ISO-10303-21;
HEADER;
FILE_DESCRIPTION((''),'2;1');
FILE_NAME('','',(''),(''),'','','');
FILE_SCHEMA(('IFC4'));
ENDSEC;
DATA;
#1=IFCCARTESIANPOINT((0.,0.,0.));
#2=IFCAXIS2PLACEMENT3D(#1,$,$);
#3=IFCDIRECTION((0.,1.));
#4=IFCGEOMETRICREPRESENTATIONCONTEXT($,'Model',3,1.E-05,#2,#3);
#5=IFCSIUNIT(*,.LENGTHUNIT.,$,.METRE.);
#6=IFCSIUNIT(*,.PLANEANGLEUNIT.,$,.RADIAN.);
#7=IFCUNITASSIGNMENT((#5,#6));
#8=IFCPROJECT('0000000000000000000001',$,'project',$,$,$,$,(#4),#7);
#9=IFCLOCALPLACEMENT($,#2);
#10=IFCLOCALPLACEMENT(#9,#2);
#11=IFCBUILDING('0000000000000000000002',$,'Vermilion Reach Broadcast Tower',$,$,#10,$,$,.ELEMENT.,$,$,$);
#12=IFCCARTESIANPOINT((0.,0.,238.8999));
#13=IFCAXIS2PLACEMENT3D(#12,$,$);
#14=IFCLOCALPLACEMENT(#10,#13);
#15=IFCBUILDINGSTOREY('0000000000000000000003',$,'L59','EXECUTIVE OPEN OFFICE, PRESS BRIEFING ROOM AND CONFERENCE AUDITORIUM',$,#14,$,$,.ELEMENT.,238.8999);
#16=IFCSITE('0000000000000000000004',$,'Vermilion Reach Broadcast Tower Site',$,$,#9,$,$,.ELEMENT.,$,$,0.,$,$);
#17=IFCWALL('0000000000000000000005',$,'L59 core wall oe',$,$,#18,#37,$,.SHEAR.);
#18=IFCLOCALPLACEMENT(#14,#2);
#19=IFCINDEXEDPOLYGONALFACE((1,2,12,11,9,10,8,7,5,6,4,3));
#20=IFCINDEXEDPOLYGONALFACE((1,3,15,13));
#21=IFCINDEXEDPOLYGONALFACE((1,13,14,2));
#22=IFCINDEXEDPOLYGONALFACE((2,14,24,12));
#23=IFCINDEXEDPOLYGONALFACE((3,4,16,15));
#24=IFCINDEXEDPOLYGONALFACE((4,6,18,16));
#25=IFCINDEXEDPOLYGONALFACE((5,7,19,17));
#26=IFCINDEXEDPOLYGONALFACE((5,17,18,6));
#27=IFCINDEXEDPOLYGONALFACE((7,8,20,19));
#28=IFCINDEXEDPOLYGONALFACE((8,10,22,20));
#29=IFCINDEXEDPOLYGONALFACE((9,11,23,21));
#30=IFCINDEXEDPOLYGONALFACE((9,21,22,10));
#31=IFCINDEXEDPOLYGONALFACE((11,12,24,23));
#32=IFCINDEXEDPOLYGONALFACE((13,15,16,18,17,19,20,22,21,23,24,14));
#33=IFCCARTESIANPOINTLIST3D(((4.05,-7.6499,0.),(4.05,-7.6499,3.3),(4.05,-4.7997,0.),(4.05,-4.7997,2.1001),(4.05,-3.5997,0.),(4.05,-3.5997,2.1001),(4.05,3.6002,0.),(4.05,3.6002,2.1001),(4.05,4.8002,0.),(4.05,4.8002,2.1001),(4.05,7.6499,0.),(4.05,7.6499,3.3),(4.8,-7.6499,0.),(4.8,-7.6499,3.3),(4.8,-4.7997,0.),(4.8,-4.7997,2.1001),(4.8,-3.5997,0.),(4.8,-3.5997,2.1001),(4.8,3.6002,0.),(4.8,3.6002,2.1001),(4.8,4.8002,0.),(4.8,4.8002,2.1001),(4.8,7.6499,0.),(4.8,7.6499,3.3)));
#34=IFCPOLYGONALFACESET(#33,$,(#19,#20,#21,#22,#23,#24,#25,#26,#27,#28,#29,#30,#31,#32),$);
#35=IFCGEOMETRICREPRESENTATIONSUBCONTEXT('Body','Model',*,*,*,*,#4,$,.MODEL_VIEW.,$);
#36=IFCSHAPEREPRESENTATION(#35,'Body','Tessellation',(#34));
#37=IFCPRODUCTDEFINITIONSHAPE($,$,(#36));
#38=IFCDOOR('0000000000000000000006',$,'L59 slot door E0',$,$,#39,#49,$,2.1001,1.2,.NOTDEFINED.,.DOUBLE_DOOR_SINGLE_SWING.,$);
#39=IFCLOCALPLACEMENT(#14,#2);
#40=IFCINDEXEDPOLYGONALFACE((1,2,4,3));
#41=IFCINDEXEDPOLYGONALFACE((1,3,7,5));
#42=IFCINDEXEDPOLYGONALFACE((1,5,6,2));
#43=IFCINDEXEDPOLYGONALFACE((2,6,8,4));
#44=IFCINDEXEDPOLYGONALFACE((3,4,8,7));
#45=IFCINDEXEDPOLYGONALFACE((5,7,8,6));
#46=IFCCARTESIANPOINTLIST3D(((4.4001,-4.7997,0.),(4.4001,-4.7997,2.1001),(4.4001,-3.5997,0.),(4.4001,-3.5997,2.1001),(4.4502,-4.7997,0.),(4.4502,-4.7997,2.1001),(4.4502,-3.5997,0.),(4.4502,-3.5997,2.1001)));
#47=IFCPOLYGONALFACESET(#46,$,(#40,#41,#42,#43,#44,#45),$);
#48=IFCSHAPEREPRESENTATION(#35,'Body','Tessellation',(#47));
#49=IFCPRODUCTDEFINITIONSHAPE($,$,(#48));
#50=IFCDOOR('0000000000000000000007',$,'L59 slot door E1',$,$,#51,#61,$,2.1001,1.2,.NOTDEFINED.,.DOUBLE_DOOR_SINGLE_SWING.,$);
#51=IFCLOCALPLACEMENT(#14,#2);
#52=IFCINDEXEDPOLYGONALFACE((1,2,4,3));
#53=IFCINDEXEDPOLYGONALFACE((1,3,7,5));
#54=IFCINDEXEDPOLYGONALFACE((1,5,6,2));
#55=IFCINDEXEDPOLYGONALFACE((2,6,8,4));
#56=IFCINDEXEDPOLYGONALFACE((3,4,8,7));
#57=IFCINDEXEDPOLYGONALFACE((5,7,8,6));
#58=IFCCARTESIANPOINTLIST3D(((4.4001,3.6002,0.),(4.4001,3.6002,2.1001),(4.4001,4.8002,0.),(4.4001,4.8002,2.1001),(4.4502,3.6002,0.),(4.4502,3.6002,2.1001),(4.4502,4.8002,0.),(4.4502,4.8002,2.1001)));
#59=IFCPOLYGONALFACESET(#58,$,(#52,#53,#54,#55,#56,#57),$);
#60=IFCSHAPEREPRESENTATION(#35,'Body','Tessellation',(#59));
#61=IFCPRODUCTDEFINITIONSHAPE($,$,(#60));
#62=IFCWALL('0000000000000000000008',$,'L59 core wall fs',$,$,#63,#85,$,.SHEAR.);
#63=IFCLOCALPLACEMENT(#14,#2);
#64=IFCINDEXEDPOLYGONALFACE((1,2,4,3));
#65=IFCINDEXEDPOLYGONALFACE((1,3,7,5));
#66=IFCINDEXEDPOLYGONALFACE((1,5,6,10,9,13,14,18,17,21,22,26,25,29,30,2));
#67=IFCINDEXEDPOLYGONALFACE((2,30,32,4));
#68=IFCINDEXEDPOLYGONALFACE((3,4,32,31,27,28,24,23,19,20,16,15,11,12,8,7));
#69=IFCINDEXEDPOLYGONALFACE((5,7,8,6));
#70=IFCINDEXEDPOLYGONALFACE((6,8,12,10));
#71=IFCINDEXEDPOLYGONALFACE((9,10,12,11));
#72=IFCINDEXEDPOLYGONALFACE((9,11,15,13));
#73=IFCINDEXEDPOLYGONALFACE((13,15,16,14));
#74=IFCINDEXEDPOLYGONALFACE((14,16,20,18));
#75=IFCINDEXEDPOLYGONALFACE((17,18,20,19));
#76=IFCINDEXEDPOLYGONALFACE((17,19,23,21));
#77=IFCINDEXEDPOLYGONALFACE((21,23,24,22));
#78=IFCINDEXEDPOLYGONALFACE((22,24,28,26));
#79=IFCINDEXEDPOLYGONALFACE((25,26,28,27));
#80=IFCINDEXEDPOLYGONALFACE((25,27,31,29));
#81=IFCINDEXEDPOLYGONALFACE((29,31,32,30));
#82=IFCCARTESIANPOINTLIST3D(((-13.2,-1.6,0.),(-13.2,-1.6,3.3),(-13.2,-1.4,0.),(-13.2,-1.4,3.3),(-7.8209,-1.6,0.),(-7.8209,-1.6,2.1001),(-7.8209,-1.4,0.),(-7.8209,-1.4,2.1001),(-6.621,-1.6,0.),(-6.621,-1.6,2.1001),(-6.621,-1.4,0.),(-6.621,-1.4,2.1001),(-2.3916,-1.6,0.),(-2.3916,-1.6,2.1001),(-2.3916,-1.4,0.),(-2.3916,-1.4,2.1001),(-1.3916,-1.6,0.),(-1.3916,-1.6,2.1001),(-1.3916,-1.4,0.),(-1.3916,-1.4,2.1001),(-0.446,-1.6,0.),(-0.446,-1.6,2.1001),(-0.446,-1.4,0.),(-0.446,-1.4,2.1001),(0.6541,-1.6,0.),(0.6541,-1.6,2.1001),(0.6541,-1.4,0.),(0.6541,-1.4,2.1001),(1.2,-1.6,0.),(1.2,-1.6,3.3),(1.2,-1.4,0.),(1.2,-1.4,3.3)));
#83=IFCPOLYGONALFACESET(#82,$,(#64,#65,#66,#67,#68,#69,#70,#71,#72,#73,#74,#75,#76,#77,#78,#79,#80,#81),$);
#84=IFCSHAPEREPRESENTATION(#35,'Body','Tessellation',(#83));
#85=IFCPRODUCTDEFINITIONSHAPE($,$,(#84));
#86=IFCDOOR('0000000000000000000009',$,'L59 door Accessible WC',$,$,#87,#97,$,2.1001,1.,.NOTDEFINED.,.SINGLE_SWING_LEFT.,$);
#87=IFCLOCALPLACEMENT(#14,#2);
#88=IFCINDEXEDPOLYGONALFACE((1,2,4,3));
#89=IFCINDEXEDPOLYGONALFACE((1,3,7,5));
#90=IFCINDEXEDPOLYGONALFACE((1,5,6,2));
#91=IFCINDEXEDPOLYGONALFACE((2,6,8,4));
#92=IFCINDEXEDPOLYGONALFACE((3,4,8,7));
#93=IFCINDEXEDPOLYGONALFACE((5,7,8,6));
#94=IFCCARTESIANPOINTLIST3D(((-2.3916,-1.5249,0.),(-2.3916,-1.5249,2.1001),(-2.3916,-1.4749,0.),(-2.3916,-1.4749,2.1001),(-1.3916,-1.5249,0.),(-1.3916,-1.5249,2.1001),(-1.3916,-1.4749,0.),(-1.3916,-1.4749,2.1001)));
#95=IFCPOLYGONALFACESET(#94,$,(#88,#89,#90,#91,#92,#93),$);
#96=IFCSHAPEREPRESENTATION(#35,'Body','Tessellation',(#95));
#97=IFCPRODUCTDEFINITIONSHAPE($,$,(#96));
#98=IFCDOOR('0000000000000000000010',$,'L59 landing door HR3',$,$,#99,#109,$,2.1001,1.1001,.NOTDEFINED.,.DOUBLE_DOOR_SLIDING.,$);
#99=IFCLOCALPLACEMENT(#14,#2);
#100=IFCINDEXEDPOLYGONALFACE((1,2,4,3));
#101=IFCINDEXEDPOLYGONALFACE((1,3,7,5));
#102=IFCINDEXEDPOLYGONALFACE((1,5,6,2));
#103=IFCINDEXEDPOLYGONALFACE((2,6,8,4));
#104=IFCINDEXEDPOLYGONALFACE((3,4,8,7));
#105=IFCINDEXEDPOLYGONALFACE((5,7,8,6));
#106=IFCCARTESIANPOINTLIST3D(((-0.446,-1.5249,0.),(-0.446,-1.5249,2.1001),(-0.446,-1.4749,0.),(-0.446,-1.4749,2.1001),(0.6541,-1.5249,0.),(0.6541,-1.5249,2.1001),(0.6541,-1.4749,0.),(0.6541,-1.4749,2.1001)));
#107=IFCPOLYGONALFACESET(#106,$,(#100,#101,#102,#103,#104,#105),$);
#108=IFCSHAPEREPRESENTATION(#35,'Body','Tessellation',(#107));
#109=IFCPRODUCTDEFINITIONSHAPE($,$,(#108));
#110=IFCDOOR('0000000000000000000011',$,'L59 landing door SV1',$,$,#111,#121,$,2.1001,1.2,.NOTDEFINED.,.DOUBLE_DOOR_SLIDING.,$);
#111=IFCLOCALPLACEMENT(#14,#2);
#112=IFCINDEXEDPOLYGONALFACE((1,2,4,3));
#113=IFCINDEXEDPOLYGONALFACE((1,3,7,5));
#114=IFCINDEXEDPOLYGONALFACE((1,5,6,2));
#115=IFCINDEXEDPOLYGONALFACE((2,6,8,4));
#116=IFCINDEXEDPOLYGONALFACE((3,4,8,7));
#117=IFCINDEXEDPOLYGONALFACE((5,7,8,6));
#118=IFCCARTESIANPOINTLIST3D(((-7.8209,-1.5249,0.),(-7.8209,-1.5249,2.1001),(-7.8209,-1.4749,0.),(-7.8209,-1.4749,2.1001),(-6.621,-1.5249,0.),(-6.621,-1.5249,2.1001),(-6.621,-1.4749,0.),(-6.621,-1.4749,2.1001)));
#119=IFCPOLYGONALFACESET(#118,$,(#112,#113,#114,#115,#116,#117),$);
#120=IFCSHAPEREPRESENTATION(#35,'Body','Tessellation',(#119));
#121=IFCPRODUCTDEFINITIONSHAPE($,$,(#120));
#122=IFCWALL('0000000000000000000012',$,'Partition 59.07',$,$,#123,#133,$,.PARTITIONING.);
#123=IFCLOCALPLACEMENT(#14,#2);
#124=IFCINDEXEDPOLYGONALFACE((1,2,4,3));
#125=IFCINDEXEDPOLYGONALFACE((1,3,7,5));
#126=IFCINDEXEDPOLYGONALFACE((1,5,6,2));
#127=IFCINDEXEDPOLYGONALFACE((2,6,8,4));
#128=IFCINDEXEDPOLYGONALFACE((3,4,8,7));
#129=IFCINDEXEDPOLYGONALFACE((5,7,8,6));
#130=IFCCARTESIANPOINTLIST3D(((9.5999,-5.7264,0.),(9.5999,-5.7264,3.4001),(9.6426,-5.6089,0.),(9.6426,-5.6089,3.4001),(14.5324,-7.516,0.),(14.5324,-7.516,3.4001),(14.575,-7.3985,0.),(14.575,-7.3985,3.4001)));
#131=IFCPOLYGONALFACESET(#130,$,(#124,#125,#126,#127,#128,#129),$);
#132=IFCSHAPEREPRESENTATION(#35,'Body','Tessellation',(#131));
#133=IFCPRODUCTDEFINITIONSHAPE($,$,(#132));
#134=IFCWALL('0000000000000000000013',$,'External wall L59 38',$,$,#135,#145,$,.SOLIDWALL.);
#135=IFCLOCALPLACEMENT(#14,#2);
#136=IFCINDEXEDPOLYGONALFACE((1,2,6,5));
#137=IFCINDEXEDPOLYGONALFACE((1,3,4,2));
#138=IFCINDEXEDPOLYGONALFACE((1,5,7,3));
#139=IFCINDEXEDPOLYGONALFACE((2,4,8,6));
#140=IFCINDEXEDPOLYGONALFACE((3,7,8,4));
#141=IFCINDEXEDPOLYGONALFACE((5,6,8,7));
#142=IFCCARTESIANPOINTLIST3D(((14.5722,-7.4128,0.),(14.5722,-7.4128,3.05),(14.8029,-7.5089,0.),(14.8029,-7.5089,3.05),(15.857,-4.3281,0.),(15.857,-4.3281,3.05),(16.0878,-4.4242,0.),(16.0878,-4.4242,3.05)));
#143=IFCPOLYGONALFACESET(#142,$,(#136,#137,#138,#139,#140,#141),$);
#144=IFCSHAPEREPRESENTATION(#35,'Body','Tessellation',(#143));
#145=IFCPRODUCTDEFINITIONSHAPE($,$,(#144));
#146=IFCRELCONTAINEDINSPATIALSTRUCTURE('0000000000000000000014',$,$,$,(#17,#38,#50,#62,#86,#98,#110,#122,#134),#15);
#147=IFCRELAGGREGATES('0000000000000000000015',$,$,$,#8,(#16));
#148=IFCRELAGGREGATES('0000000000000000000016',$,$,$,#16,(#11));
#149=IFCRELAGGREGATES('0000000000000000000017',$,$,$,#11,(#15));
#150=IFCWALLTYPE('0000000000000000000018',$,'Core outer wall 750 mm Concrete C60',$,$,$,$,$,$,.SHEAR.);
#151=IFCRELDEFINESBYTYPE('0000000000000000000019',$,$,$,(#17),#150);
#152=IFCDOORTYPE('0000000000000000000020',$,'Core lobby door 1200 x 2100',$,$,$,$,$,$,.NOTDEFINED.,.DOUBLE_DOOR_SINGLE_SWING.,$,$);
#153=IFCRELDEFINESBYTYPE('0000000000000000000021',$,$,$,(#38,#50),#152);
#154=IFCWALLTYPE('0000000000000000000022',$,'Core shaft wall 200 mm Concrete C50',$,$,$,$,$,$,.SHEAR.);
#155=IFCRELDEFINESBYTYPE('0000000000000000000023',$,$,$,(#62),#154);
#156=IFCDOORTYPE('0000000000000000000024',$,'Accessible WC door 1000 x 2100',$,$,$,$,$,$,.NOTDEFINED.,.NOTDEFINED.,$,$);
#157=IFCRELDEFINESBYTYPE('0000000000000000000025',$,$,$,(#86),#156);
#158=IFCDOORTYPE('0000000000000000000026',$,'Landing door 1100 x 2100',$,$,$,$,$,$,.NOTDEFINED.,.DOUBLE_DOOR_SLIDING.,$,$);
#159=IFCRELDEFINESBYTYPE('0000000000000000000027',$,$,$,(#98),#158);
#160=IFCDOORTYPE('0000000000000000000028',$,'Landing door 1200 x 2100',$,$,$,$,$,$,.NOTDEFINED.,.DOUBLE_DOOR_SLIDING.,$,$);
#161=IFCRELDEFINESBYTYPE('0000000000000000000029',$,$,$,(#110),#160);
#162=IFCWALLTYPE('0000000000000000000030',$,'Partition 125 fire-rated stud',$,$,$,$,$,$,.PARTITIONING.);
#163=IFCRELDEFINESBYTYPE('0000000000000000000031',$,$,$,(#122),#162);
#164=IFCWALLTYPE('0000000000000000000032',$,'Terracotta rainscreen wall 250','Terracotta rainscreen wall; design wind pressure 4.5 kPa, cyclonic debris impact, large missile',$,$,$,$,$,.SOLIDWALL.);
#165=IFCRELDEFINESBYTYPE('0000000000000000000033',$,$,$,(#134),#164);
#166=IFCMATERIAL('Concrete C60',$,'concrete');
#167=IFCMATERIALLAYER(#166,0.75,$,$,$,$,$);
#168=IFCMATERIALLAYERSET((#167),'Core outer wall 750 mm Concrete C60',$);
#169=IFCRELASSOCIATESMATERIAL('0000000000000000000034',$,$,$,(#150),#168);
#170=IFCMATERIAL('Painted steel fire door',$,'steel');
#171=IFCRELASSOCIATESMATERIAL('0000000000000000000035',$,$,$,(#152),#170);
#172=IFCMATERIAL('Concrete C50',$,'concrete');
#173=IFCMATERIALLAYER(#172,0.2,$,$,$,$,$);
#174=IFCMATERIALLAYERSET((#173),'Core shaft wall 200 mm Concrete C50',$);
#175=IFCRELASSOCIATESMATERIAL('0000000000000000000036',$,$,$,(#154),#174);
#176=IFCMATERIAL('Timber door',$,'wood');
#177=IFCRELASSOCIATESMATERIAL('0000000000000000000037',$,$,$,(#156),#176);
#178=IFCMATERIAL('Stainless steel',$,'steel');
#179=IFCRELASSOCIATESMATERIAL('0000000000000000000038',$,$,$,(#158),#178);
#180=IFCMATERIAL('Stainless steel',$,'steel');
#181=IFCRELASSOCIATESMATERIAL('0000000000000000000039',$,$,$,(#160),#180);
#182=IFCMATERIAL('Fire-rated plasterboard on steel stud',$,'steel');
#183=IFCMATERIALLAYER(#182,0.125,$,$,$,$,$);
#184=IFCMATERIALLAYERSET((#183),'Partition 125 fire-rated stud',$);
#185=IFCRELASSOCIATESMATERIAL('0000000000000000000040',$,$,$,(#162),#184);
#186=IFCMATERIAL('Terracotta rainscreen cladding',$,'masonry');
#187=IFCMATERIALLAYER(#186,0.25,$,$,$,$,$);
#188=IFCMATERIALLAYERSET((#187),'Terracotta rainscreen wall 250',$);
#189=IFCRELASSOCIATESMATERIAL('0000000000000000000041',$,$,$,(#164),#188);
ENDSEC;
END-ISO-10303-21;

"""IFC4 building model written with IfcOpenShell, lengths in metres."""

from ifc_helpers import new_model, si_unit, direction, frame, frame_2d, origin, place, context, subcontext, project, spatial, rectangle, extrude, material, layer, layer_set, type_object, element, fill, save


model = new_model("IFC4")

# Units and contexts
model_context = context("Model", 3, precision=1e-05, world=origin(), true_north=direction((0.0, 1.0)))
body_context = subcontext(model_context, "Body", "Model", "MODEL_VIEW")
ifc_project = project(units=[si_unit("LENGTHUNIT", "METRE"), si_unit("PLANEANGLEUNIT", "RADIAN")], contexts=[model_context])

# Site, building, storey
site_placement = place(None, origin())
site = spatial("IfcSite", under=ifc_project, at=site_placement, Name="Vermilion Reach Broadcast Tower Site", CompositionType="ELEMENT", RefElevation=0.0)
building_placement = place(site_placement, origin())
building = spatial("IfcBuilding", under=site, at=building_placement, Name="Vermilion Reach Broadcast Tower", CompositionType="ELEMENT")
storey_placement = place(building_placement, frame((0.0, 0.0, 238.8999)))
storey = spatial("IfcBuildingStorey", under=building, at=storey_placement, Name="L59", Description="EXECUTIVE OPEN OFFICE, PRESS BRIEFING ROOM AND CONFERENCE AUDITORIUM", CompositionType="ELEMENT", Elevation=238.8999)

# Walls, openings, doors
ifc_material_1 = material(Name="Concrete C60", Category="concrete")
ifc_layer_1 = layer(ifc_material_1, 0.75)
ifc_layer_set_1 = layer_set([ifc_layer_1], Name="Core outer wall 750 mm Concrete C60")
wall_type_1 = type_object("IfcWallType", Name="Core outer wall 750 mm Concrete C60", PredefinedType="SHEAR", material=ifc_layer_set_1)
wall_1_placement = place(storey_placement, frame((4.425, -7.6499, 0.0), z_axis=(0.0, 0.0, 1.0), x_axis=(0.0, 1.0, 0.0)))
wall_1 = element("IfcWall", 1, at=wall_1_placement, inside=storey, type_object=wall_type_1, Name="L59 core wall oe", PredefinedType="SHEAR", context=body_context, shape_type="SweptSolid", body=[
    extrude(rectangle(XDim=15.2998, YDim=0.75, at=frame_2d((7.6499, 0.0))), origin(), (0.0, 0.0, 1.0), 3.3),
])
opening_1_placement = place(wall_1_placement, frame((2.8501, 0.0, 0.0)))
opening_1 = element("IfcOpeningElement", 2, at=opening_1_placement, cuts=wall_1, PredefinedType="OPENING", context=body_context, shape_type="SweptSolid", body=[
    extrude(rectangle(XDim=1.2, YDim=2.1001, at=frame_2d((0.6001, 1.05))), frame((0.0, 0.385, 0.0), z_axis=(0.0, -1.0, 0.0), x_axis=(1.0, 0.0, 0.0)), (0.0, 0.0, 1.0), 0.77),
])
opening_2_placement = place(wall_1_placement, frame((11.25, 0.0, 0.0)))
opening_2 = element("IfcOpeningElement", 3, at=opening_2_placement, cuts=wall_1, PredefinedType="OPENING", context=body_context, shape_type="SweptSolid", body=[
    extrude(rectangle(XDim=1.2, YDim=2.1001, at=frame_2d((0.6001, 1.05))), frame((0.0, 0.385, 0.0), z_axis=(0.0, -1.0, 0.0), x_axis=(1.0, 0.0, 0.0)), (0.0, 0.0, 1.0), 0.77),
])
ifc_material_2 = material(Name="Painted steel fire door", Category="steel")
door_type_1 = type_object("IfcDoorType", Name="Core lobby door 1200 x 2100", OperationType="DOUBLE_DOOR_SINGLE_SWING", PredefinedType="NOTDEFINED", material=ifc_material_2)
door_1_placement = place(opening_1_placement, origin())
door_1 = element("IfcDoor", 4, at=door_1_placement, inside=storey, type_object=door_type_1, Name="L59 slot door E0", OperationType="DOUBLE_DOOR_SINGLE_SWING", OverallHeight=2.1001, OverallWidth=1.2, PredefinedType="NOTDEFINED", context=body_context, shape_type="SweptSolid", body=[
    extrude(rectangle(XDim=1.2, YDim=2.1001, at=frame_2d((0.6001, 1.05))), frame((0.0, 0.0249, 0.0), z_axis=(0.0, -1.0, 0.0), x_axis=(1.0, 0.0, 0.0)), (0.0, 0.0, 1.0), 0.05),
])
fill(opening_1, door_1)
door_2_placement = place(opening_2_placement, origin())
door_2 = element("IfcDoor", 5, at=door_2_placement, inside=storey, type_object=door_type_1, Name="L59 slot door E1", OperationType="DOUBLE_DOOR_SINGLE_SWING", OverallHeight=2.1001, OverallWidth=1.2, PredefinedType="NOTDEFINED", context=body_context, shape_type="SweptSolid", body=[
    extrude(rectangle(XDim=1.2, YDim=2.1001, at=frame_2d((0.6001, 1.05))), frame((0.0, 0.0249, 0.0), z_axis=(0.0, -1.0, 0.0), x_axis=(1.0, 0.0, 0.0)), (0.0, 0.0, 1.0), 0.05),
])
fill(opening_2, door_2)
ifc_material_3 = material(Name="Concrete C50", Category="concrete")
ifc_layer_2 = layer(ifc_material_3, 0.2)
ifc_layer_set_2 = layer_set([ifc_layer_2], Name="Core shaft wall 200 mm Concrete C50")
wall_type_2 = type_object("IfcWallType", Name="Core shaft wall 200 mm Concrete C50", PredefinedType="SHEAR", material=ifc_layer_set_2)
wall_2_placement = place(storey_placement, frame((1.2, -1.5, 0.0), z_axis=(0.0, 0.0, 1.0), x_axis=(-1.0, 0.0, 0.0)))
wall_2 = element("IfcWall", 6, at=wall_2_placement, inside=storey, type_object=wall_type_2, Name="L59 core wall fs", PredefinedType="SHEAR", context=body_context, shape_type="SweptSolid", body=[
    extrude(rectangle(XDim=14.3999, YDim=0.2, at=frame_2d((7.2, 0.0))), origin(), (0.0, 0.0, 1.0), 3.3),
])
opening_3_placement = place(wall_2_placement, frame((7.8208, 0.0, 0.0)))
opening_3 = element("IfcOpeningElement", 7, at=opening_3_placement, cuts=wall_2, PredefinedType="OPENING", context=body_context, shape_type="SweptSolid", body=[
    extrude(rectangle(XDim=1.2, YDim=2.1001, at=frame_2d((0.6001, 1.05))), frame((0.0, 0.1099, 0.0), z_axis=(0.0, -1.0, 0.0), x_axis=(1.0, 0.0, 0.0)), (0.0, 0.0, 1.0), 0.22),
])
opening_4_placement = place(wall_2_placement, frame((0.5459, 0.0, 0.0)))
opening_4 = element("IfcOpeningElement", 8, at=opening_4_placement, cuts=wall_2, PredefinedType="OPENING", context=body_context, shape_type="SweptSolid", body=[
    extrude(rectangle(XDim=1.1001, YDim=2.1001, at=frame_2d((0.55, 1.05))), frame((0.0, 0.1099, 0.0), z_axis=(0.0, -1.0, 0.0), x_axis=(1.0, 0.0, 0.0)), (0.0, 0.0, 1.0), 0.22),
])
opening_5_placement = place(wall_2_placement, frame((2.5916, 0.0, 0.0)))
opening_5 = element("IfcOpeningElement", 9, at=opening_5_placement, cuts=wall_2, PredefinedType="OPENING", context=body_context, shape_type="SweptSolid", body=[
    extrude(rectangle(XDim=1.0, YDim=2.1001, at=frame_2d((0.5, 1.05))), frame((0.0, 0.1099, 0.0), z_axis=(0.0, -1.0, 0.0), x_axis=(1.0, 0.0, 0.0)), (0.0, 0.0, 1.0), 0.22),
])
ifc_material_4 = material(Name="Timber door", Category="wood")
door_type_2 = type_object("IfcDoorType", Name="Accessible WC door 1000 x 2100", OperationType="NOTDEFINED", PredefinedType="NOTDEFINED", material=ifc_material_4)
door_3_placement = place(opening_5_placement, origin())
door_3 = element("IfcDoor", 10, at=door_3_placement, inside=storey, type_object=door_type_2, Name="L59 door Accessible WC", OperationType="SINGLE_SWING_LEFT", OverallHeight=2.1001, OverallWidth=1.0, PredefinedType="NOTDEFINED", context=body_context, shape_type="SweptSolid", body=[
    extrude(rectangle(XDim=1.0, YDim=2.1001, at=frame_2d((0.5, 1.05))), frame((0.0, 0.0249, 0.0), z_axis=(0.0, -1.0, 0.0), x_axis=(1.0, 0.0, 0.0)), (0.0, 0.0, 1.0), 0.05),
])
fill(opening_5, door_3)
ifc_material_5 = material(Name="Stainless steel", Category="steel")
door_type_3 = type_object("IfcDoorType", Name="Landing door 1100 x 2100", OperationType="DOUBLE_DOOR_SLIDING", PredefinedType="NOTDEFINED", material=ifc_material_5)
door_4_placement = place(opening_4_placement, origin())
door_4 = element("IfcDoor", 11, at=door_4_placement, inside=storey, type_object=door_type_3, Name="L59 landing door HR3", OperationType="DOUBLE_DOOR_SLIDING", OverallHeight=2.1001, OverallWidth=1.1001, PredefinedType="NOTDEFINED", context=body_context, shape_type="SweptSolid", body=[
    extrude(rectangle(XDim=1.1001, YDim=2.1001, at=frame_2d((0.55, 1.05))), frame((0.0, 0.0249, 0.0), z_axis=(0.0, -1.0, 0.0), x_axis=(1.0, 0.0, 0.0)), (0.0, 0.0, 1.0), 0.05),
])
fill(opening_4, door_4)
ifc_material_6 = material(Name="Stainless steel", Category="steel")
door_type_4 = type_object("IfcDoorType", Name="Landing door 1200 x 2100", OperationType="DOUBLE_DOOR_SLIDING", PredefinedType="NOTDEFINED", material=ifc_material_6)
door_5_placement = place(opening_3_placement, origin())
door_5 = element("IfcDoor", 12, at=door_5_placement, inside=storey, type_object=door_type_4, Name="L59 landing door SV1", OperationType="DOUBLE_DOOR_SLIDING", OverallHeight=2.1001, OverallWidth=1.2, PredefinedType="NOTDEFINED", context=body_context, shape_type="SweptSolid", body=[
    extrude(rectangle(XDim=1.2, YDim=2.1001, at=frame_2d((0.6001, 1.05))), frame((0.0, 0.0249, 0.0), z_axis=(0.0, -1.0, 0.0), x_axis=(1.0, 0.0, 0.0)), (0.0, 0.0, 1.0), 0.05),
])
fill(opening_3, door_5)

# Walls
ifc_material_7 = material(Name="Fire-rated plasterboard on steel stud", Category="steel")
ifc_layer_3 = layer(ifc_material_7, 0.125)
ifc_layer_set_3 = layer_set([ifc_layer_3], Name="Partition 125 fire-rated stud")
wall_type_3 = type_object("IfcWallType", Name="Partition 125 fire-rated stud", PredefinedType="PARTITIONING", material=ifc_layer_set_3)
wall_3_placement = place(storey_placement, frame((14.5537, -7.4573, 0.0), z_axis=(0.0, 0.0, 1.0), x_axis=(-0.94004, 0.341063, 0.0)))
element("IfcWall", 13, at=wall_3_placement, inside=storey, type_object=wall_type_3, Name="Partition 59.07", PredefinedType="PARTITIONING", context=body_context, shape_type="SweptSolid", body=[
    extrude(rectangle(XDim=5.2471, YDim=0.125, at=frame_2d((2.6235, 0.0))), origin(), (0.0, 0.0, 1.0), 3.4001),
])
ifc_material_8 = material(Name="Terracotta rainscreen cladding", Category="masonry")
ifc_layer_4 = layer(ifc_material_8, 0.25)
ifc_layer_set_4 = layer_set([ifc_layer_4], Name="Terracotta rainscreen wall 250")
wall_type_4 = type_object("IfcWallType", Name="Terracotta rainscreen wall 250", Description="Terracotta rainscreen wall; design wind pressure 4.5 kPa, cyclonic debris impact, large missile", PredefinedType="SOLIDWALL", material=ifc_layer_set_4)
wall_4_placement = place(storey_placement, frame((14.6875, -7.4609, 0.0), z_axis=(0.0, 0.0, 1.0), x_axis=(0.384517, 0.923118, 0.0)))
element("IfcWall", 14, at=wall_4_placement, inside=storey, type_object=wall_type_4, Name="External wall L59 38", PredefinedType="SOLIDWALL", context=body_context, shape_type="SweptSolid", body=[
    extrude(rectangle(XDim=3.3416, YDim=0.25, at=frame_2d((1.6709, 0.0))), origin(), (0.0, 0.0, 1.0), 3.05),
])

save(model, "model.ifc")
